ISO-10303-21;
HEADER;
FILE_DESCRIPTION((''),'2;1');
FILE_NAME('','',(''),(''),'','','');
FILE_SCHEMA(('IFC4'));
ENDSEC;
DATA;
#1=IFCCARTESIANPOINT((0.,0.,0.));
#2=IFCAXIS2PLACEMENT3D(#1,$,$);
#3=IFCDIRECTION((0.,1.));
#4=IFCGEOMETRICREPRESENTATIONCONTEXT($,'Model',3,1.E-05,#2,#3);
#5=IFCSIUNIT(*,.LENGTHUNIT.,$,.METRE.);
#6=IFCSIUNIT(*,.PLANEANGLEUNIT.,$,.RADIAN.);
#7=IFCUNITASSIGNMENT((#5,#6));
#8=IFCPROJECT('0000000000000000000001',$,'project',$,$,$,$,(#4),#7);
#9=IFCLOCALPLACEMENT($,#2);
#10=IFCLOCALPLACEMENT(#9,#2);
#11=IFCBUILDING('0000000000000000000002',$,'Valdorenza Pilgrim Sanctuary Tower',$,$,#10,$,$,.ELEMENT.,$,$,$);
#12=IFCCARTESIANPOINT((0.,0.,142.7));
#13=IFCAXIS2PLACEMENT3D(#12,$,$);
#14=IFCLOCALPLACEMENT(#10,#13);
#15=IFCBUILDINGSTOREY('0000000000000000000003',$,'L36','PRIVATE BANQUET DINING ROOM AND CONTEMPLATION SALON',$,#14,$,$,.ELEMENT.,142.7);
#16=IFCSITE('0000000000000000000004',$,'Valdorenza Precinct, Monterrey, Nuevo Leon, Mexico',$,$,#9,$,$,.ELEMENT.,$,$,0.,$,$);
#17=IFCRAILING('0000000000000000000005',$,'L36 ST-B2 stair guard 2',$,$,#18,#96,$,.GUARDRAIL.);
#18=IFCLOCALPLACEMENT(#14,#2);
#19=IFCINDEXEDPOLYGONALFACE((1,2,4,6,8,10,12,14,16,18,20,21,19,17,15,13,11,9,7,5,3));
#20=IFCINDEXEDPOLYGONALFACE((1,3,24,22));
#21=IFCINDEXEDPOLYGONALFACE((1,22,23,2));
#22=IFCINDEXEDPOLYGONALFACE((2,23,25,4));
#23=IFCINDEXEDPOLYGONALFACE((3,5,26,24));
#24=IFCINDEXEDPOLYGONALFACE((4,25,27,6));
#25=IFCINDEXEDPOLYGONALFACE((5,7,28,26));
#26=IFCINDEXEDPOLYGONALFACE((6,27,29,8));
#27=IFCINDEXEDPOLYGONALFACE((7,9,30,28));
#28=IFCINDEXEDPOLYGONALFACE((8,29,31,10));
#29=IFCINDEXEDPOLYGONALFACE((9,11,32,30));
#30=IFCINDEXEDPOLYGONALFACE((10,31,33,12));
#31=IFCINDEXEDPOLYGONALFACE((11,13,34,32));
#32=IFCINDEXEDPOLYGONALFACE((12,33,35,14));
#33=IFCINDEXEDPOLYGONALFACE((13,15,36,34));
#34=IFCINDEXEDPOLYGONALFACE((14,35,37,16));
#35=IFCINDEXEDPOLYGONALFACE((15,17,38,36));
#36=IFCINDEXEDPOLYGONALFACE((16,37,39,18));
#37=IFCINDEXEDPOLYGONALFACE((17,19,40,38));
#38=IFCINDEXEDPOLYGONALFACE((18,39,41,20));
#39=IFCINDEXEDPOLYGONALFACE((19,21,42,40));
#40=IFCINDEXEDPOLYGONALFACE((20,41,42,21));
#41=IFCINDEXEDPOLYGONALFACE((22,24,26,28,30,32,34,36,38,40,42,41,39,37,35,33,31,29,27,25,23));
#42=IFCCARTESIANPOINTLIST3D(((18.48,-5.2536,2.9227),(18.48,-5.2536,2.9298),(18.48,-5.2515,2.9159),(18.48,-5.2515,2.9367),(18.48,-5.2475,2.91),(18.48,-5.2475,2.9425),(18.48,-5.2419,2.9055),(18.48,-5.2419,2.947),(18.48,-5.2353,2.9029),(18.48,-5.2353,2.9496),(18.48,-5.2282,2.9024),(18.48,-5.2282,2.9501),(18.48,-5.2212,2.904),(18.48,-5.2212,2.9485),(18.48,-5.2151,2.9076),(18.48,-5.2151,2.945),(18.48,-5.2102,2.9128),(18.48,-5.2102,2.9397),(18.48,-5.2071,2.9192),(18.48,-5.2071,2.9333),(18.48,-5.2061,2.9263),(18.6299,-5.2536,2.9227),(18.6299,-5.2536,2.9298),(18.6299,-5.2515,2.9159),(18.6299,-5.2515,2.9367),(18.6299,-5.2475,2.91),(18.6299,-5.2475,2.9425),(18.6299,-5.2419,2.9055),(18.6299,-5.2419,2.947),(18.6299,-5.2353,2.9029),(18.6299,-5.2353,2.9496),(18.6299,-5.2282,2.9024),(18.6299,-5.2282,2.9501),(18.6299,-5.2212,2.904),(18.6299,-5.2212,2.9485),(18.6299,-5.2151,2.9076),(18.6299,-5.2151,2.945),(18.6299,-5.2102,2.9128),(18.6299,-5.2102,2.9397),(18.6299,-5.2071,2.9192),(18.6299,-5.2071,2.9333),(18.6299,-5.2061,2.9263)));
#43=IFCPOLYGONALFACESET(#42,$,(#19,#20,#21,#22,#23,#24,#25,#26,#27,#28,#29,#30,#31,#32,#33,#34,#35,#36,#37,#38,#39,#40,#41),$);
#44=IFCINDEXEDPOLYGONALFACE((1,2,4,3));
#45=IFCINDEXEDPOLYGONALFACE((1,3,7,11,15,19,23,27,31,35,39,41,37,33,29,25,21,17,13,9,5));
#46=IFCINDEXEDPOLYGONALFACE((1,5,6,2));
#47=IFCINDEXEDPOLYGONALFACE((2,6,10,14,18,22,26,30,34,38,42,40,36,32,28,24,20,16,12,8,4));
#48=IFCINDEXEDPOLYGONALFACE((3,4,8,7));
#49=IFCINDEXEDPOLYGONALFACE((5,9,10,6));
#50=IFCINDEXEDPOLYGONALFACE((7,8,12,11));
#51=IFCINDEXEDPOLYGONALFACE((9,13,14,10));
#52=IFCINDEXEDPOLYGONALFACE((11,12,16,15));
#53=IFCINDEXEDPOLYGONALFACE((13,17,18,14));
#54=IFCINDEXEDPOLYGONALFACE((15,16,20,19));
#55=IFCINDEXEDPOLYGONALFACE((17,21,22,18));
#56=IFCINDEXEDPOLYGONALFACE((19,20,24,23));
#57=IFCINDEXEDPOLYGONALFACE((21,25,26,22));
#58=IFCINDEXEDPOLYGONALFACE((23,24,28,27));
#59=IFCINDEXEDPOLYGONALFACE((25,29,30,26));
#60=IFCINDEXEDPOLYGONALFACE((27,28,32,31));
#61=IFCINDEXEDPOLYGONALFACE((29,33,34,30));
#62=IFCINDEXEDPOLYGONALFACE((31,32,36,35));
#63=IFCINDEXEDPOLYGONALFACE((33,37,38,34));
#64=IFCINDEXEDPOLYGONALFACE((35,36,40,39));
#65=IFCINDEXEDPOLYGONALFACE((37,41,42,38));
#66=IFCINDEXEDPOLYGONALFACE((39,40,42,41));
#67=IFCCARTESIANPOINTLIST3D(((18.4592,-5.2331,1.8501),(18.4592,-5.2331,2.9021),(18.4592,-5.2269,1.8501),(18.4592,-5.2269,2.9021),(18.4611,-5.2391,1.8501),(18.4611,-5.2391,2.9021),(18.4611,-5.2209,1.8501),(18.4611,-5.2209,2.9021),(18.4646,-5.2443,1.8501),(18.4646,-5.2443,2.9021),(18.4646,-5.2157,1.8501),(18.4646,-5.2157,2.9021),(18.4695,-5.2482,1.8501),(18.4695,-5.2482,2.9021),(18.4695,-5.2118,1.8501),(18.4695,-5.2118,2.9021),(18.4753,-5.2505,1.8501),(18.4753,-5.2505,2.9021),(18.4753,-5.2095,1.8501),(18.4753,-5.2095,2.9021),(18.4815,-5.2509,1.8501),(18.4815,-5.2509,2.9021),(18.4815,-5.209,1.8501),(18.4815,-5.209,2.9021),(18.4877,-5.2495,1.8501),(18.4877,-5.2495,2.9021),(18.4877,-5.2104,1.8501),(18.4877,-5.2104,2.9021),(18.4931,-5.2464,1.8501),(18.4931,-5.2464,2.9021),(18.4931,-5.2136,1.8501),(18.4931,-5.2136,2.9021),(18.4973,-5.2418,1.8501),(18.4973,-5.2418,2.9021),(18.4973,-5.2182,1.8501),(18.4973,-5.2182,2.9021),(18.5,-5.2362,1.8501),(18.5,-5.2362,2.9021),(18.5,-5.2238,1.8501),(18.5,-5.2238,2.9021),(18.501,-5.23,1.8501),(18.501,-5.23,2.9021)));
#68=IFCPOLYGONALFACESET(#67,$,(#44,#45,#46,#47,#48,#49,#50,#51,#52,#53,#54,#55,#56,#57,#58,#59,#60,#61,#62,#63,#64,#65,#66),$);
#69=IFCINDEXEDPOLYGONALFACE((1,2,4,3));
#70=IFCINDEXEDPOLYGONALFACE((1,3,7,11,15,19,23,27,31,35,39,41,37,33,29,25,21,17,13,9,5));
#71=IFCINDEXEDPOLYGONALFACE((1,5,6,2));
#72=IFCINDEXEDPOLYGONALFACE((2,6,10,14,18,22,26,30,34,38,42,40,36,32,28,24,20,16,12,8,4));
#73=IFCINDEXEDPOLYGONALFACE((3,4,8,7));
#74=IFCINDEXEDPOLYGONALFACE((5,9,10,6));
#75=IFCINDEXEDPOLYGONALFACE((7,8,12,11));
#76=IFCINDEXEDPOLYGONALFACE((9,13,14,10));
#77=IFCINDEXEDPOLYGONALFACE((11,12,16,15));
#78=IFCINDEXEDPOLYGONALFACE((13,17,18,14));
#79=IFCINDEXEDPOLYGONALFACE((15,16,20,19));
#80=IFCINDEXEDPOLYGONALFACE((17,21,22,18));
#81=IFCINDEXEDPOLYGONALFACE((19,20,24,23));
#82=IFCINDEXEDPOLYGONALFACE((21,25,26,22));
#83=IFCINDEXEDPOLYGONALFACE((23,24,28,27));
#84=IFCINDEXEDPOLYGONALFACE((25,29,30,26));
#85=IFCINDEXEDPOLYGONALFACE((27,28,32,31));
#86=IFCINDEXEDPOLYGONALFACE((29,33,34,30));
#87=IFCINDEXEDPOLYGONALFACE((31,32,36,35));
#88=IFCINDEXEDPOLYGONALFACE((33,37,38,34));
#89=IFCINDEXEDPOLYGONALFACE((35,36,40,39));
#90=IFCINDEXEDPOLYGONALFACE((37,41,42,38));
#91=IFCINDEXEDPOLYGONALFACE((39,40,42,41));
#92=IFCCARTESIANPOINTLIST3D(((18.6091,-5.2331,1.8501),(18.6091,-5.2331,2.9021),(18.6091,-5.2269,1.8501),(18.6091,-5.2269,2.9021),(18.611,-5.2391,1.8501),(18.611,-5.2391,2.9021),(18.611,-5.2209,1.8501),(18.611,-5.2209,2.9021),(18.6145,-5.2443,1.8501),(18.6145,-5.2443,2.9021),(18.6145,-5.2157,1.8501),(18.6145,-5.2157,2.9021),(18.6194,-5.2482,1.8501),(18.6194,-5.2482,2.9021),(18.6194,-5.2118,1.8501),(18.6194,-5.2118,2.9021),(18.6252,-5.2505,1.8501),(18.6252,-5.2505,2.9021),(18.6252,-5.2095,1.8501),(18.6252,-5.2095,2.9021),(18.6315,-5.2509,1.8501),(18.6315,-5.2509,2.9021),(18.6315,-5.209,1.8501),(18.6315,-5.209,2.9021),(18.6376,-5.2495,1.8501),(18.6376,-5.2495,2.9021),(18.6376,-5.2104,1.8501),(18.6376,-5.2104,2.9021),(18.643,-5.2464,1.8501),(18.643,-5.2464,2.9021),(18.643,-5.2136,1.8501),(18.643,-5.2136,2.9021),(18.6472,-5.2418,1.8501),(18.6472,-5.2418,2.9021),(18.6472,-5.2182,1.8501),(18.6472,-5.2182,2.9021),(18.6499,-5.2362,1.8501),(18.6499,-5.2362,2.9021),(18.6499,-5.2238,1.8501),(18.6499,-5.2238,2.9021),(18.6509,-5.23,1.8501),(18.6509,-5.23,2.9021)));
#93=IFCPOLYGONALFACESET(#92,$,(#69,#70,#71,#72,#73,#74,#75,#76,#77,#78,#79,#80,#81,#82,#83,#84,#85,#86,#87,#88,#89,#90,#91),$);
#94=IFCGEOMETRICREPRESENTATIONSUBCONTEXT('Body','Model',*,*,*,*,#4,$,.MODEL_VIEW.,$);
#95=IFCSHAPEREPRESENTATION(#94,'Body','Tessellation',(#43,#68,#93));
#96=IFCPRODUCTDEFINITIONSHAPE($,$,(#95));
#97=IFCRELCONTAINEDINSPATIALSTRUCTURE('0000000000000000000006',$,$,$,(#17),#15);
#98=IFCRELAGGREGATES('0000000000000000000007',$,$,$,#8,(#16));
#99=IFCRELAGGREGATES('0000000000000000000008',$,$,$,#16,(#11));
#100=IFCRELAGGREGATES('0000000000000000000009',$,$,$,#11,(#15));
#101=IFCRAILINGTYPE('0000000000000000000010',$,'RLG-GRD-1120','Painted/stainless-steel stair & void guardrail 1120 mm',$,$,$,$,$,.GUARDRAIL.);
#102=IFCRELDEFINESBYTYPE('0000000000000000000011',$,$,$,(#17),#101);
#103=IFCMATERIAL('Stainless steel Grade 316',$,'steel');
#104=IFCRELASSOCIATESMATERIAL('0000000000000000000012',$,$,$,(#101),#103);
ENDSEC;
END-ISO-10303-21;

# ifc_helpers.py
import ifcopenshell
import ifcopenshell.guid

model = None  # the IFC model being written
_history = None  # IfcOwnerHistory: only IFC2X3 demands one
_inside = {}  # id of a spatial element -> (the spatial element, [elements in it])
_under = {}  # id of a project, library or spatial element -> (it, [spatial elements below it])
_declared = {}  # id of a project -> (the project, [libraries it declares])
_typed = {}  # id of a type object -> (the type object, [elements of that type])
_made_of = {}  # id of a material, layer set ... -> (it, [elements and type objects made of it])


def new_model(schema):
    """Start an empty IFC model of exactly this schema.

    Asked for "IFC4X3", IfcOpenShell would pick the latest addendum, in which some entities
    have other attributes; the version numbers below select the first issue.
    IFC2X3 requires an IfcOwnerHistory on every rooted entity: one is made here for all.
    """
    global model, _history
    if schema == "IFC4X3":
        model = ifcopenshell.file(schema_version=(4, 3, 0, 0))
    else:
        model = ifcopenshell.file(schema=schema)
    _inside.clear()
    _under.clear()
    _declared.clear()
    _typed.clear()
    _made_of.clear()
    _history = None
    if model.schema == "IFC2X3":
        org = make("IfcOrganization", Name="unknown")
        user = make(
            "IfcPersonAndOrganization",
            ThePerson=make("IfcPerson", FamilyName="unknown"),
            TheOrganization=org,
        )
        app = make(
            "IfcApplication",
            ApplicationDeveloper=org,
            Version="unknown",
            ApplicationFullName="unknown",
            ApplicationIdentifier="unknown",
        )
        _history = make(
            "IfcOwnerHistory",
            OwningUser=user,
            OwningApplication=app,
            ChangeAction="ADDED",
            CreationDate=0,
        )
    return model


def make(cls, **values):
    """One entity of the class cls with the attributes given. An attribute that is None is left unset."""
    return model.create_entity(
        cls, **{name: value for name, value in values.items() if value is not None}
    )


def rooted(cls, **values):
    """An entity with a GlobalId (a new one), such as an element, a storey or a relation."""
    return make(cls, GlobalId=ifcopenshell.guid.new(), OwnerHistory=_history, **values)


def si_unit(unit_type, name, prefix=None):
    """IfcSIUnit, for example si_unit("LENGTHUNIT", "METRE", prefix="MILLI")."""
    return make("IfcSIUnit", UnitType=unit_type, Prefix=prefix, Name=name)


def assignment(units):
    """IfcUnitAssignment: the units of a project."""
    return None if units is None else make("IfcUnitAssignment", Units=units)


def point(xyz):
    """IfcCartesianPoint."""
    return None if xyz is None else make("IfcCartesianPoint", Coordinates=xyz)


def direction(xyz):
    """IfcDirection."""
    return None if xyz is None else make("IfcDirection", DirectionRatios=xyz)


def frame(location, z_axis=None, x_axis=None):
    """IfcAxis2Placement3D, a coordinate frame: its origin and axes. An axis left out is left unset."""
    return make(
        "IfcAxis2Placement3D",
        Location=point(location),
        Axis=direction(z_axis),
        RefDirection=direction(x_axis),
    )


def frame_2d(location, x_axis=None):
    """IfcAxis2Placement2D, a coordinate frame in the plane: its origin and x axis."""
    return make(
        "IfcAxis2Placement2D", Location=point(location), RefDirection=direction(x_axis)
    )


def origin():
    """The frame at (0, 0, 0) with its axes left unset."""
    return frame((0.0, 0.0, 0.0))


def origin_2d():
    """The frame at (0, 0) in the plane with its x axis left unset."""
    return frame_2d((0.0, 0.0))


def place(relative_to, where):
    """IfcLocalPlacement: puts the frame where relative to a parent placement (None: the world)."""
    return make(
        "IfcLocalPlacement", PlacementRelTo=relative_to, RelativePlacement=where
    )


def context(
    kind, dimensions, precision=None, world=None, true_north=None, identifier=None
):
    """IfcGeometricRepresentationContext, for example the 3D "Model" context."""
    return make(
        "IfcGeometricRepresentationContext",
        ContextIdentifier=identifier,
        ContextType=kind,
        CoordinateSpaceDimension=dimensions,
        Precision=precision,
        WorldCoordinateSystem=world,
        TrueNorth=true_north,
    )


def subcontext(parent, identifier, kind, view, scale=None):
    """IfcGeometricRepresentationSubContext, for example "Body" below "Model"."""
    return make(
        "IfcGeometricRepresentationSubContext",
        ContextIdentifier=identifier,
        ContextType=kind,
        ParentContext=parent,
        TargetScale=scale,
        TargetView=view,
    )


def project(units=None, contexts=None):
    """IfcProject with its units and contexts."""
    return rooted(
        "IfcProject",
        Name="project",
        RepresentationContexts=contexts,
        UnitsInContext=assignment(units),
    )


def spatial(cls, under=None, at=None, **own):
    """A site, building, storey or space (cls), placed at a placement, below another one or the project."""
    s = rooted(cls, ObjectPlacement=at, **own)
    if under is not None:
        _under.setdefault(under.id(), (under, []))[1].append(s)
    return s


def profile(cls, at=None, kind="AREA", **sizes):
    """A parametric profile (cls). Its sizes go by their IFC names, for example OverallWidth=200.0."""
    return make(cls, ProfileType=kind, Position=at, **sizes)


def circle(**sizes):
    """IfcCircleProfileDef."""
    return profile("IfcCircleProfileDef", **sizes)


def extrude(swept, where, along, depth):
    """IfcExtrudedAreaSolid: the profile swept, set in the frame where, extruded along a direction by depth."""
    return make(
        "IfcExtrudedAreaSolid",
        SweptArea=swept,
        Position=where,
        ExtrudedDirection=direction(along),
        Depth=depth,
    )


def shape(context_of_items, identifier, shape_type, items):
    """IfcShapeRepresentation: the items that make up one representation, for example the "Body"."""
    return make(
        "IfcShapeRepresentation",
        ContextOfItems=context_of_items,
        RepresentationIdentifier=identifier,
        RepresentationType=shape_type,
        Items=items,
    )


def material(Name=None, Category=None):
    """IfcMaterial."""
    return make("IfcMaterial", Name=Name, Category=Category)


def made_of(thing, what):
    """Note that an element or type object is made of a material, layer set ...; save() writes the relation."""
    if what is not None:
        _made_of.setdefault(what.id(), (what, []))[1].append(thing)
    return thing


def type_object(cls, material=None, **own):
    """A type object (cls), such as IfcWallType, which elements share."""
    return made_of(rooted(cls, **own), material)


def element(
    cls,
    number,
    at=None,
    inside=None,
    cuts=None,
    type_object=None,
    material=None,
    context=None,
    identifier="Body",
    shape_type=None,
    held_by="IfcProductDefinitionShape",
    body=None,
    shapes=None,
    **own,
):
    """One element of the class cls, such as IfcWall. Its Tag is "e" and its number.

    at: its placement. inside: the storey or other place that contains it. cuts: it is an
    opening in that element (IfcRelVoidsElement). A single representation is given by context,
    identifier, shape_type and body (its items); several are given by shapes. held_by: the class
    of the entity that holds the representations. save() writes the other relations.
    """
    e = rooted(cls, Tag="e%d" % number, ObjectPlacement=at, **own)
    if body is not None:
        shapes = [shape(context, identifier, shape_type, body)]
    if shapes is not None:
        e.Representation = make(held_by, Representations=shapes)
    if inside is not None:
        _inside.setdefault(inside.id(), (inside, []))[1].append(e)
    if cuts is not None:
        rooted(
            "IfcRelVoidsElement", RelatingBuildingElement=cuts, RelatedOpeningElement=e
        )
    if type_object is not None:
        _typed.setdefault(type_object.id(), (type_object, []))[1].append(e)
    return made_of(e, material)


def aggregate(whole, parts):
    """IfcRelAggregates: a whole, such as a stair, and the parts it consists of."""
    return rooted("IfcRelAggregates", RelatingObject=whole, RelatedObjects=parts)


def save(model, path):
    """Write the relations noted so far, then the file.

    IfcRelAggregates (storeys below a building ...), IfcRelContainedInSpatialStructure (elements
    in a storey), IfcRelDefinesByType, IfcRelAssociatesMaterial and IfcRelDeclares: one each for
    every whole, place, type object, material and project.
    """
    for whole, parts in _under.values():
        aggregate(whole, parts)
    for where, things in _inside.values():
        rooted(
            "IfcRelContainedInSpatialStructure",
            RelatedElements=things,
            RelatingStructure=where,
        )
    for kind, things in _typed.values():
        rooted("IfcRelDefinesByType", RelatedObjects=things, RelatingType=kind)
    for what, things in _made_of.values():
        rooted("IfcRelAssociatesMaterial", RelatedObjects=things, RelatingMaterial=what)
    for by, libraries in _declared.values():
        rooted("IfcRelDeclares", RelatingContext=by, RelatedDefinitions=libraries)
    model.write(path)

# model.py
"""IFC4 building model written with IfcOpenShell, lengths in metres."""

from ifc_helpers import new_model, si_unit, direction, frame, origin, origin_2d, place, context, subcontext, project, spatial, circle, extrude, material, type_object, element, save


model = new_model("IFC4")

# Units and contexts
model_context = context("Model", 3, precision=1e-05, world=origin(), true_north=direction((0.0, 1.0)))
body_context = subcontext(model_context, "Body", "Model", "MODEL_VIEW")
ifc_project = project(units=[si_unit("LENGTHUNIT", "METRE"), si_unit("PLANEANGLEUNIT", "RADIAN")], contexts=[model_context])

# Site, building, storey
site_placement = place(None, origin())
site = spatial("IfcSite", under=ifc_project, at=site_placement, Name="Valdorenza Precinct, Monterrey, Nuevo Leon, Mexico", CompositionType="ELEMENT", RefElevation=0.0)
building_placement = place(site_placement, origin())
building = spatial("IfcBuilding", under=site, at=building_placement, Name="Valdorenza Pilgrim Sanctuary Tower", CompositionType="ELEMENT")
storey_placement = place(building_placement, frame((0.0, 0.0, 142.7)))
storey = spatial("IfcBuildingStorey", under=building, at=storey_placement, Name="L36", Description="PRIVATE BANQUET DINING ROOM AND CONTEMPLATION SALON", CompositionType="ELEMENT", Elevation=142.7)

# Railing
ifc_material_1 = material(Name="Stainless steel Grade 316", Category="steel")
railing_type_1 = type_object("IfcRailingType", Name="RLG-GRD-1120", Description="Painted/stainless-steel stair & void guardrail 1120 mm", PredefinedType="GUARDRAIL", material=ifc_material_1)
railing_1_placement = place(storey_placement, frame((18.48, -5.23, 1.8501)))
element("IfcRailing", 1, at=railing_1_placement, inside=storey, type_object=railing_type_1, Name="L36 ST-B2 stair guard 2", PredefinedType="GUARDRAIL", context=body_context, shape_type="SweptSolid", body=[
    extrude(circle(Radius=0.0239, at=origin_2d()), frame((0.0, 0.0, 1.0762), z_axis=(1.0, 0.0, 0.0), x_axis=(0.0, 1.0, 0.0)), (0.0, 0.0, 1.0), 0.1499),
    extrude(circle(Radius=0.021, at=origin_2d()), origin(), (0.0, 0.0, 1.0), 1.052),
    extrude(circle(Radius=0.021, at=origin_2d()), frame((0.1499, 0.0, 0.0)), (0.0, 0.0, 1.0), 1.052),
])

save(model, "model.ifc")
